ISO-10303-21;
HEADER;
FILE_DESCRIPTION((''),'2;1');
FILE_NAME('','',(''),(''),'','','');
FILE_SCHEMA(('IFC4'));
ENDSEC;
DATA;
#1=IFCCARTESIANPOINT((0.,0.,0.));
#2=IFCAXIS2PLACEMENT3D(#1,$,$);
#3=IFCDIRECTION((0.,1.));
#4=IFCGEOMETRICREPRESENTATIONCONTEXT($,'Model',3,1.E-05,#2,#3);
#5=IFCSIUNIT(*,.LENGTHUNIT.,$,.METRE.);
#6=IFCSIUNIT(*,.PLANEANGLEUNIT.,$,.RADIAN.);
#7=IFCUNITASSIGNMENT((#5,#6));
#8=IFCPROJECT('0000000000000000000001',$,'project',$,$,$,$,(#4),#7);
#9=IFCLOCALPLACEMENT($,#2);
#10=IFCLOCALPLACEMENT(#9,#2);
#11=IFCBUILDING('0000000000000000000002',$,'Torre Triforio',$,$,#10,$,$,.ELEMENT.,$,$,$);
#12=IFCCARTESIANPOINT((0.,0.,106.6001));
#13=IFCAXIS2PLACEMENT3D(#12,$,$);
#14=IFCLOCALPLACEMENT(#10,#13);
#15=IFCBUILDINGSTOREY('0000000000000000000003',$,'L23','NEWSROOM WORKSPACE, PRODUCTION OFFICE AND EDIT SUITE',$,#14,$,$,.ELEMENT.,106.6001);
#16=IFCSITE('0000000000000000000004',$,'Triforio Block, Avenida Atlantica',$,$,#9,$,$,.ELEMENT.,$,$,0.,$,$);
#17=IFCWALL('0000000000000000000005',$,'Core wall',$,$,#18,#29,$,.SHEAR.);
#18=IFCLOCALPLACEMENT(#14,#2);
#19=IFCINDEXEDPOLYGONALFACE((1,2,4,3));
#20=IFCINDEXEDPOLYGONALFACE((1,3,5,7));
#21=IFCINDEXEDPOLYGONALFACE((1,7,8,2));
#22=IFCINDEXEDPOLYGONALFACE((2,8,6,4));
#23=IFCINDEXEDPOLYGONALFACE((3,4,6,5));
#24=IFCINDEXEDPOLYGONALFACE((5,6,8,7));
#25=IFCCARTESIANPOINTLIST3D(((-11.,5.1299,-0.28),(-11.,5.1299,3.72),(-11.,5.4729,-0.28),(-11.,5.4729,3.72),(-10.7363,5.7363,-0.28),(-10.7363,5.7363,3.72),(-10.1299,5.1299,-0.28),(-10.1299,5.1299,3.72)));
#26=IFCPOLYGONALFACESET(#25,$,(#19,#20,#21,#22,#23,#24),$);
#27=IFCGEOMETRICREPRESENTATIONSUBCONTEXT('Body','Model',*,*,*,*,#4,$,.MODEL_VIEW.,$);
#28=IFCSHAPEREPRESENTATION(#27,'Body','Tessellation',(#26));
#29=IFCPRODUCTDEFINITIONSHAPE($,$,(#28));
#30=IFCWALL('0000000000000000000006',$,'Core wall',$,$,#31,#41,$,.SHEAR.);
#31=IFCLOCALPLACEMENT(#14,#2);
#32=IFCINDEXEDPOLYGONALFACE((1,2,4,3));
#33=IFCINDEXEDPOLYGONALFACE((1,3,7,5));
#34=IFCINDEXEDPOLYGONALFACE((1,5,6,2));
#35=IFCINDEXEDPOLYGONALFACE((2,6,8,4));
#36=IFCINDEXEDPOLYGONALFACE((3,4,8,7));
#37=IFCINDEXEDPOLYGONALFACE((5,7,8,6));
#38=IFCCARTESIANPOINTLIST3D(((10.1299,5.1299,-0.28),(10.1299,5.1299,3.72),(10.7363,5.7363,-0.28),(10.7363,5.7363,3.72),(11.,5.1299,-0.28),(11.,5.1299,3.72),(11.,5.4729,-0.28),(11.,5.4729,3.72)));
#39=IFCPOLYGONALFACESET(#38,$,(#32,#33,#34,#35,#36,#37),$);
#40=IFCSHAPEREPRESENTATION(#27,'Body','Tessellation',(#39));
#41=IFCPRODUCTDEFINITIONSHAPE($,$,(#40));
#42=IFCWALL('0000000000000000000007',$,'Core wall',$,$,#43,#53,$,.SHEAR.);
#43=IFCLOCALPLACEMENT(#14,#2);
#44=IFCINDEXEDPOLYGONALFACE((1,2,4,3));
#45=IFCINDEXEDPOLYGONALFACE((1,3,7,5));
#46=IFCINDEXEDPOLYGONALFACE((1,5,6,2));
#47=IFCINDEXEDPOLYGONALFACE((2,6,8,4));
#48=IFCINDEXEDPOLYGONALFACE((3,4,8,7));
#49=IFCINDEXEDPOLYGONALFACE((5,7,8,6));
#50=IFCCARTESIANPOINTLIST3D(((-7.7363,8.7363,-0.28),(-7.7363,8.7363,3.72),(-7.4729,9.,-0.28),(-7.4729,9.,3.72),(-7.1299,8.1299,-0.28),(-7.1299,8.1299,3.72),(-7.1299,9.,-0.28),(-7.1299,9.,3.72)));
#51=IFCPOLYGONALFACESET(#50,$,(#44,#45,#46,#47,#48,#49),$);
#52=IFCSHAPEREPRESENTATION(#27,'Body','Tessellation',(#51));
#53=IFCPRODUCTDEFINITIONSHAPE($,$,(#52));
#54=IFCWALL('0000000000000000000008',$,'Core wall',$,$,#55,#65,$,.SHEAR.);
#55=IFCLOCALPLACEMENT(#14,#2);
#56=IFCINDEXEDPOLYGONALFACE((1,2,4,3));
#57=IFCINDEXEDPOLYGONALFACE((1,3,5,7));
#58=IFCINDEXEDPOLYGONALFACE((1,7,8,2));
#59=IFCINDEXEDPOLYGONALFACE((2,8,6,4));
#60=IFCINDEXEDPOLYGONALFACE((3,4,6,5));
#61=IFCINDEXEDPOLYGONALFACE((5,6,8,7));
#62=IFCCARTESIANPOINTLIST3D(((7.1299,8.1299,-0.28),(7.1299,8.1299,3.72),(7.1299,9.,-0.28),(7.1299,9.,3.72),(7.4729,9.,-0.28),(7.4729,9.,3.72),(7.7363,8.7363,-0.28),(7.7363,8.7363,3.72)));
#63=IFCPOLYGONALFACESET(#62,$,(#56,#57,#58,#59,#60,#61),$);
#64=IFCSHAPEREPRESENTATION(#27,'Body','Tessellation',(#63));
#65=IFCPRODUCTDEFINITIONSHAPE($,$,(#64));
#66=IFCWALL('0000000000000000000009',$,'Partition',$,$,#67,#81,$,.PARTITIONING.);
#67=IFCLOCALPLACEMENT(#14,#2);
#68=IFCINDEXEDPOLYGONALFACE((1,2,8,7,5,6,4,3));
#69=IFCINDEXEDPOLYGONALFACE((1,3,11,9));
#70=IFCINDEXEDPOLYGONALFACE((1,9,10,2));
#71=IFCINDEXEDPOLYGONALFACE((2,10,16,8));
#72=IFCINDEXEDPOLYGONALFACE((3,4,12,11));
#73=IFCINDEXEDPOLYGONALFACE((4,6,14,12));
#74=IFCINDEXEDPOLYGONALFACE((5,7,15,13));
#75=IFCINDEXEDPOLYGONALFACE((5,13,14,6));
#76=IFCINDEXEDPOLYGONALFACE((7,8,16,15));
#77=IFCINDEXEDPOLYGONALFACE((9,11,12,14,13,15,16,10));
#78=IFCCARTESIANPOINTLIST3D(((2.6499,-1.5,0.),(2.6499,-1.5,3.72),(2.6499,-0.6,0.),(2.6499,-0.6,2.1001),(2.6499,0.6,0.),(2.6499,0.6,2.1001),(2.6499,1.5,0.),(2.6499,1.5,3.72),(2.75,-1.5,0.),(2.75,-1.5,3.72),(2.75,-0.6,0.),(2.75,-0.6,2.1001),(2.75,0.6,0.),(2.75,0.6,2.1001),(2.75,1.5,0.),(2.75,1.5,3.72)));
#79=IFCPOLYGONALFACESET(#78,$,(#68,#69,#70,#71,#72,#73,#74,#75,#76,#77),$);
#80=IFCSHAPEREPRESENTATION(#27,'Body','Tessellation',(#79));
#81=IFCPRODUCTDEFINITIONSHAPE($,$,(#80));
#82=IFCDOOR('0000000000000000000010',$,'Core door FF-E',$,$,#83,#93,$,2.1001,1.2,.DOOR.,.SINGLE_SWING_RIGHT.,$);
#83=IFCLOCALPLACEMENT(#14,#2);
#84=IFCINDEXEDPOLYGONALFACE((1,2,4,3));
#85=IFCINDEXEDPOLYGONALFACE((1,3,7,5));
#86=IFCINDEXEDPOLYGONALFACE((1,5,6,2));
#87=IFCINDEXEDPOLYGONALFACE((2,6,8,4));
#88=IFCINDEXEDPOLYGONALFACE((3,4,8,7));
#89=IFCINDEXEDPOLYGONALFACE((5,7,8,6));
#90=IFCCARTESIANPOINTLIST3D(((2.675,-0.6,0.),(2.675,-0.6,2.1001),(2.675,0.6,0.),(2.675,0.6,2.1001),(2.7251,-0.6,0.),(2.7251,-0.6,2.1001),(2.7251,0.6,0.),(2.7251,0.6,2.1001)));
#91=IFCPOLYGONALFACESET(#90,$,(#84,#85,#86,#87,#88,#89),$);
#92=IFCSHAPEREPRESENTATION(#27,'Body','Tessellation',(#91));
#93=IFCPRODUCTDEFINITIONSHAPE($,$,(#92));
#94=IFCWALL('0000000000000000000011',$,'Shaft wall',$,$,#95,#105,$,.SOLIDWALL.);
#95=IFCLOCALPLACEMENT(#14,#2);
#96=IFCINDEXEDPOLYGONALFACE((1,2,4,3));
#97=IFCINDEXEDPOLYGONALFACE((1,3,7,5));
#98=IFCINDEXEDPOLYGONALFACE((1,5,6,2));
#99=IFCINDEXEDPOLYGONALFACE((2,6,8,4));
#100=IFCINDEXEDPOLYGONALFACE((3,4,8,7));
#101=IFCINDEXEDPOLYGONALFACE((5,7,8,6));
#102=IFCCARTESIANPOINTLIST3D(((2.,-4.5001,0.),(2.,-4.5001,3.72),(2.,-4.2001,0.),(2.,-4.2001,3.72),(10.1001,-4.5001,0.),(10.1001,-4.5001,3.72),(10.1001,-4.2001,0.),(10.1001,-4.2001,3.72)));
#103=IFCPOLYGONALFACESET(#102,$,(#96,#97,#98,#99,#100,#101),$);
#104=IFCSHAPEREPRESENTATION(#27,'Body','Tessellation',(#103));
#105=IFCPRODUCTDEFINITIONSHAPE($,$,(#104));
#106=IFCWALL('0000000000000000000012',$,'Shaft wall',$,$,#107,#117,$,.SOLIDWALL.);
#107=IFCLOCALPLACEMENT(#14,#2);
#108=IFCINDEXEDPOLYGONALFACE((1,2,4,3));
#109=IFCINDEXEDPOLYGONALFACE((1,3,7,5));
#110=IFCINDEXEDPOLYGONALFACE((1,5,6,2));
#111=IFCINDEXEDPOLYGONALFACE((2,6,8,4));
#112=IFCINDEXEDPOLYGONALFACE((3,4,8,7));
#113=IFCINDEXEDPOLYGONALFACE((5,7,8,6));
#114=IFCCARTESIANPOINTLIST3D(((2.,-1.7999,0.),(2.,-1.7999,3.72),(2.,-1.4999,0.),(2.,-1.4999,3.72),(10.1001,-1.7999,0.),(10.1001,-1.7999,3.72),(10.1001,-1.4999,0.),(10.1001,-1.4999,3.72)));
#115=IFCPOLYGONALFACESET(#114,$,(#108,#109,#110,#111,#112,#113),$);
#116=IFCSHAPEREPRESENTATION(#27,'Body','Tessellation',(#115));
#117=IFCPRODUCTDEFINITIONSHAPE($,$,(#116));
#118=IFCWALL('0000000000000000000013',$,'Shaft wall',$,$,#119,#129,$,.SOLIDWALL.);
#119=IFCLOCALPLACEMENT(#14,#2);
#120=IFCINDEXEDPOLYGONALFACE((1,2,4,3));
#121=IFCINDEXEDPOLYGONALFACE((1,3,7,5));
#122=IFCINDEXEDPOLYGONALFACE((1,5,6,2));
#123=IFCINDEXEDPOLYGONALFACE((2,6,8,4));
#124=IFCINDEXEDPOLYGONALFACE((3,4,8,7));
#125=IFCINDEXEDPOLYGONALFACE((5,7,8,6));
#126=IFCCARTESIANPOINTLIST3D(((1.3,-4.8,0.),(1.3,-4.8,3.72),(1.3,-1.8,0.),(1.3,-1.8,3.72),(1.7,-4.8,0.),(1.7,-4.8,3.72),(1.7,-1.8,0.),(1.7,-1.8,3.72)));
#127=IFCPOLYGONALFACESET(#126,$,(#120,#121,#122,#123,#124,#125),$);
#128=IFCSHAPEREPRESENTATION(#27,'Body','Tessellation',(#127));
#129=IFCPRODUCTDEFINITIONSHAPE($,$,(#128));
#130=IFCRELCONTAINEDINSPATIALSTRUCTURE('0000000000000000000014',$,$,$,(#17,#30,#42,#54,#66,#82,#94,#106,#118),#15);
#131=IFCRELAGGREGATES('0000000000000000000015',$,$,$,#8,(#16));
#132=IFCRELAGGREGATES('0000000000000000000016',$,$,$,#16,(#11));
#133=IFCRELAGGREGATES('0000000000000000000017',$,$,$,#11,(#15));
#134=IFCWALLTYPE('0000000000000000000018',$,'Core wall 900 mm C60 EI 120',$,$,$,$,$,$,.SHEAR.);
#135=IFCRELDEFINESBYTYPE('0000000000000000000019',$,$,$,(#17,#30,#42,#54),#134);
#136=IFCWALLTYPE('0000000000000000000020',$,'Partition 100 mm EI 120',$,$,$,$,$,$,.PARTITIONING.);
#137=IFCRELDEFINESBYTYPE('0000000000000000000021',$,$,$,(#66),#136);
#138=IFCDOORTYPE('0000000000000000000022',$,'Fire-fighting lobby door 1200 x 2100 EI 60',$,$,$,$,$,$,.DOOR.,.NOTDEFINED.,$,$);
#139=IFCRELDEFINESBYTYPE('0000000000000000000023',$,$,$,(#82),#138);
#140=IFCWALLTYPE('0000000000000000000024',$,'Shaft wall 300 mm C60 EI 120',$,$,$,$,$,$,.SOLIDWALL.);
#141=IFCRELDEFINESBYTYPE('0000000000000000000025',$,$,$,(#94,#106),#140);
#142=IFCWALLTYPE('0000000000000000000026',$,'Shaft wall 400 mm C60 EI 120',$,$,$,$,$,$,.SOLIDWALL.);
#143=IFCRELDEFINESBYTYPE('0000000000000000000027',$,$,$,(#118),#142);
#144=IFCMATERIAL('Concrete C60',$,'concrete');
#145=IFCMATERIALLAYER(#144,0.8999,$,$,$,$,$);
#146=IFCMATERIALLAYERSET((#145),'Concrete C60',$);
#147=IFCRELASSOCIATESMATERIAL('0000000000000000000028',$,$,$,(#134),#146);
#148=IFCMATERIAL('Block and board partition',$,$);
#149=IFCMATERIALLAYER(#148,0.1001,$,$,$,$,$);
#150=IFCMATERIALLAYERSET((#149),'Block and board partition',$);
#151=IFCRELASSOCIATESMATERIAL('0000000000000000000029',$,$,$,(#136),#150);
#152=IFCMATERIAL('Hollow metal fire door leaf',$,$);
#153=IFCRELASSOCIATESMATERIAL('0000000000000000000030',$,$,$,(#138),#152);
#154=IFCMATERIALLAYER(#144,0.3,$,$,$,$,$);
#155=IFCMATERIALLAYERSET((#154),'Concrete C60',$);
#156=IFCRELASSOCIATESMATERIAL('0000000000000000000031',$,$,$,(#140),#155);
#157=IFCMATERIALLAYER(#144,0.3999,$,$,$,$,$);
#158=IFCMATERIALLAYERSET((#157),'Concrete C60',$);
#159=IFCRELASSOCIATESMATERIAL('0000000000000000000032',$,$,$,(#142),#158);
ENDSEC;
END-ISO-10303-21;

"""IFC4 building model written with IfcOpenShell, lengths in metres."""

from ifc_helpers import new_model, si_unit, direction, frame, frame_2d, origin, place, context, subcontext, project, spatial, polyline, rectangle, outline, extrude, material, layer, layer_set, type_object, element, fill, save


model = new_model("IFC4")

# Units and contexts
model_context = context("Model", 3, precision=1e-05, world=origin(), true_north=direction((0.0, 1.0)))
body_context = subcontext(model_context, "Body", "Model", "MODEL_VIEW")
ifc_project = project(units=[si_unit("LENGTHUNIT", "METRE"), si_unit("PLANEANGLEUNIT", "RADIAN")], contexts=[model_context])

# Site, building, storey
site_placement = place(None, origin())
site = spatial("IfcSite", under=ifc_project, at=site_placement, Name="Triforio Block, Avenida Atlantica", CompositionType="ELEMENT", RefElevation=0.0)
building_placement = place(site_placement, origin())
building = spatial("IfcBuilding", under=site, at=building_placement, Name="Torre Triforio", CompositionType="ELEMENT")
storey_placement = place(building_placement, frame((0.0, 0.0, 106.6001)))
storey = spatial("IfcBuildingStorey", under=building, at=storey_placement, Name="L23", Description="NEWSROOM WORKSPACE, PRODUCTION OFFICE AND EDIT SUITE", CompositionType="ELEMENT", Elevation=106.6001)

# Shared definitions
ifc_material_1 = material(Name="Concrete C60", Category="concrete")

# Walls
ifc_layer_1 = layer(ifc_material_1, 0.8999)
ifc_layer_set_1 = layer_set([ifc_layer_1], Name="Concrete C60")
wall_type_1 = type_object("IfcWallType", Name="Core wall 900 mm C60 EI 120", PredefinedType="SHEAR", material=ifc_layer_set_1)
wall_1_placement = place(storey_placement, frame((0.0, 0.0, -0.28)))
element("IfcWall", 1, at=wall_1_placement, inside=storey, type_object=wall_type_1, Name="Core wall", PredefinedType="SHEAR", context=body_context, shape_type="SweptSolid", body=[
    extrude(outline(polyline([(-10.7363, 5.7363), (-10.1299, 5.1299), (-11.0, 5.1299), (-11.0, 5.4729), (-10.7363, 5.7363)])), origin(), (0.0, 0.0, 1.0), 4.0),
])
wall_2_placement = place(storey_placement, frame((0.0, 0.0, -0.28)))
element("IfcWall", 2, at=wall_2_placement, inside=storey, type_object=wall_type_1, Name="Core wall", PredefinedType="SHEAR", context=body_context, shape_type="SweptSolid", body=[
    extrude(outline(polyline([(11.0, 5.4729), (11.0, 5.1299), (10.1299, 5.1299), (10.7363, 5.7363), (11.0, 5.4729)])), origin(), (0.0, 0.0, 1.0), 4.0),
])
wall_3_placement = place(storey_placement, frame((0.0, 0.0, -0.28)))
element("IfcWall", 3, at=wall_3_placement, inside=storey, type_object=wall_type_1, Name="Core wall", PredefinedType="SHEAR", context=body_context, shape_type="SweptSolid", body=[
    extrude(outline(polyline([(-7.4729, 9.0), (-7.1299, 9.0), (-7.1299, 8.1299), (-7.7363, 8.7363), (-7.4729, 9.0)])), origin(), (0.0, 0.0, 1.0), 4.0),
])
wall_4_placement = place(storey_placement, frame((0.0, 0.0, -0.28)))
element("IfcWall", 4, at=wall_4_placement, inside=storey, type_object=wall_type_1, Name="Core wall", PredefinedType="SHEAR", context=body_context, shape_type="SweptSolid", body=[
    extrude(outline(polyline([(7.4729, 9.0), (7.7363, 8.7363), (7.1299, 8.1299), (7.1299, 9.0), (7.4729, 9.0)])), origin(), (0.0, 0.0, 1.0), 4.0),
])

# Wall, opening, door
ifc_material_2 = material(Name="Block and board partition")
ifc_layer_2 = layer(ifc_material_2, 0.1001)
ifc_layer_set_2 = layer_set([ifc_layer_2], Name="Block and board partition")
wall_type_2 = type_object("IfcWallType", Name="Partition 100 mm EI 120", PredefinedType="PARTITIONING", material=ifc_layer_set_2)
wall_5_placement = place(storey_placement, frame((2.7, -1.5, 0.0), z_axis=(0.0, 0.0, 1.0), x_axis=(0.0, 1.0, 0.0)))
wall_5 = element("IfcWall", 5, at=wall_5_placement, inside=storey, type_object=wall_type_2, Name="Partition", PredefinedType="PARTITIONING", context=body_context, shape_type="SweptSolid", body=[
    extrude(rectangle(XDim=3.0, YDim=0.1001, at=frame_2d((1.5, 0.0))), origin(), (0.0, 0.0, 1.0), 3.72),
])
opening_placement = place(wall_5_placement, frame((0.8999, 0.0, 0.0)))
opening = element("IfcOpeningElement", 6, at=opening_placement, cuts=wall_5, PredefinedType="OPENING", context=body_context, shape_type="SweptSolid", body=[
    extrude(rectangle(XDim=1.2, YDim=2.1001, at=frame_2d((0.6001, 1.05))), frame((0.0, 0.0601, 0.0), z_axis=(0.0, -1.0, 0.0), x_axis=(1.0, 0.0, 0.0)), (0.0, 0.0, 1.0), 0.1201),
])
ifc_material_3 = material(Name="Hollow metal fire door leaf")
door_type = type_object("IfcDoorType", Name="Fire-fighting lobby door 1200 x 2100 EI 60", OperationType="NOTDEFINED", PredefinedType="DOOR", material=ifc_material_3)
door_placement = place(opening_placement, origin())
door = element("IfcDoor", 7, at=door_placement, inside=storey, type_object=door_type, Name="Core door FF-E", OperationType="SINGLE_SWING_RIGHT", OverallHeight=2.1001, OverallWidth=1.2, PredefinedType="DOOR", context=body_context, shape_type="SweptSolid", body=[
    extrude(rectangle(XDim=1.2, YDim=2.1001, at=frame_2d((0.6001, 1.05))), frame((0.0, 0.0249, 0.0), z_axis=(0.0, -1.0, 0.0), x_axis=(1.0, 0.0, 0.0)), (0.0, 0.0, 1.0), 0.05),
])
fill(opening, door)

# Walls
ifc_layer_3 = layer(ifc_material_1, 0.3)
ifc_layer_set_3 = layer_set([ifc_layer_3], Name="Concrete C60")
wall_type_3 = type_object("IfcWallType", Name="Shaft wall 300 mm C60 EI 120", PredefinedType="SOLIDWALL", material=ifc_layer_set_3)
for number, where, z_axis, x_axis, name in (
    (8, (2.0, -4.3501, 0.0), (0.0, 0.0, 1.0), (1.0, 0.0, 0.0), "Shaft wall"),
    (9, (2.0, -1.6499, 0.0), (0.0, 0.0, 1.0), (1.0, 0.0, 0.0), "Shaft wall"),
):
    element("IfcWall", number, at=place(storey_placement, frame(where, z_axis=z_axis, x_axis=x_axis)), inside=storey, type_object=wall_type_3, Name=name, PredefinedType="SOLIDWALL", context=body_context, shape_type="SweptSolid", body=[
        extrude(rectangle(XDim=8.1001, YDim=0.3, at=frame_2d((4.05, 0.0))), origin(), (0.0, 0.0, 1.0), 3.72),
    ])
ifc_layer_4 = layer(ifc_material_1, 0.3999)
ifc_layer_set_4 = layer_set([ifc_layer_4], Name="Concrete C60")
wall_type_4 = type_object("IfcWallType", Name="Shaft wall 400 mm C60 EI 120", PredefinedType="SOLIDWALL", material=ifc_layer_set_4)
wall_6_placement = place(storey_placement, frame((1.5, -4.8, 0.0), z_axis=(0.0, 0.0, 1.0), x_axis=(0.0, 1.0, 0.0)))
element("IfcWall", 10, at=wall_6_placement, inside=storey, type_object=wall_type_4, Name="Shaft wall", PredefinedType="SOLIDWALL", context=body_context, shape_type="SweptSolid", body=[
    extrude(rectangle(XDim=3.0, YDim=0.3999, at=frame_2d((1.5, 0.0))), origin(), (0.0, 0.0, 1.0), 3.72),
])

save(model, "model.ifc")
